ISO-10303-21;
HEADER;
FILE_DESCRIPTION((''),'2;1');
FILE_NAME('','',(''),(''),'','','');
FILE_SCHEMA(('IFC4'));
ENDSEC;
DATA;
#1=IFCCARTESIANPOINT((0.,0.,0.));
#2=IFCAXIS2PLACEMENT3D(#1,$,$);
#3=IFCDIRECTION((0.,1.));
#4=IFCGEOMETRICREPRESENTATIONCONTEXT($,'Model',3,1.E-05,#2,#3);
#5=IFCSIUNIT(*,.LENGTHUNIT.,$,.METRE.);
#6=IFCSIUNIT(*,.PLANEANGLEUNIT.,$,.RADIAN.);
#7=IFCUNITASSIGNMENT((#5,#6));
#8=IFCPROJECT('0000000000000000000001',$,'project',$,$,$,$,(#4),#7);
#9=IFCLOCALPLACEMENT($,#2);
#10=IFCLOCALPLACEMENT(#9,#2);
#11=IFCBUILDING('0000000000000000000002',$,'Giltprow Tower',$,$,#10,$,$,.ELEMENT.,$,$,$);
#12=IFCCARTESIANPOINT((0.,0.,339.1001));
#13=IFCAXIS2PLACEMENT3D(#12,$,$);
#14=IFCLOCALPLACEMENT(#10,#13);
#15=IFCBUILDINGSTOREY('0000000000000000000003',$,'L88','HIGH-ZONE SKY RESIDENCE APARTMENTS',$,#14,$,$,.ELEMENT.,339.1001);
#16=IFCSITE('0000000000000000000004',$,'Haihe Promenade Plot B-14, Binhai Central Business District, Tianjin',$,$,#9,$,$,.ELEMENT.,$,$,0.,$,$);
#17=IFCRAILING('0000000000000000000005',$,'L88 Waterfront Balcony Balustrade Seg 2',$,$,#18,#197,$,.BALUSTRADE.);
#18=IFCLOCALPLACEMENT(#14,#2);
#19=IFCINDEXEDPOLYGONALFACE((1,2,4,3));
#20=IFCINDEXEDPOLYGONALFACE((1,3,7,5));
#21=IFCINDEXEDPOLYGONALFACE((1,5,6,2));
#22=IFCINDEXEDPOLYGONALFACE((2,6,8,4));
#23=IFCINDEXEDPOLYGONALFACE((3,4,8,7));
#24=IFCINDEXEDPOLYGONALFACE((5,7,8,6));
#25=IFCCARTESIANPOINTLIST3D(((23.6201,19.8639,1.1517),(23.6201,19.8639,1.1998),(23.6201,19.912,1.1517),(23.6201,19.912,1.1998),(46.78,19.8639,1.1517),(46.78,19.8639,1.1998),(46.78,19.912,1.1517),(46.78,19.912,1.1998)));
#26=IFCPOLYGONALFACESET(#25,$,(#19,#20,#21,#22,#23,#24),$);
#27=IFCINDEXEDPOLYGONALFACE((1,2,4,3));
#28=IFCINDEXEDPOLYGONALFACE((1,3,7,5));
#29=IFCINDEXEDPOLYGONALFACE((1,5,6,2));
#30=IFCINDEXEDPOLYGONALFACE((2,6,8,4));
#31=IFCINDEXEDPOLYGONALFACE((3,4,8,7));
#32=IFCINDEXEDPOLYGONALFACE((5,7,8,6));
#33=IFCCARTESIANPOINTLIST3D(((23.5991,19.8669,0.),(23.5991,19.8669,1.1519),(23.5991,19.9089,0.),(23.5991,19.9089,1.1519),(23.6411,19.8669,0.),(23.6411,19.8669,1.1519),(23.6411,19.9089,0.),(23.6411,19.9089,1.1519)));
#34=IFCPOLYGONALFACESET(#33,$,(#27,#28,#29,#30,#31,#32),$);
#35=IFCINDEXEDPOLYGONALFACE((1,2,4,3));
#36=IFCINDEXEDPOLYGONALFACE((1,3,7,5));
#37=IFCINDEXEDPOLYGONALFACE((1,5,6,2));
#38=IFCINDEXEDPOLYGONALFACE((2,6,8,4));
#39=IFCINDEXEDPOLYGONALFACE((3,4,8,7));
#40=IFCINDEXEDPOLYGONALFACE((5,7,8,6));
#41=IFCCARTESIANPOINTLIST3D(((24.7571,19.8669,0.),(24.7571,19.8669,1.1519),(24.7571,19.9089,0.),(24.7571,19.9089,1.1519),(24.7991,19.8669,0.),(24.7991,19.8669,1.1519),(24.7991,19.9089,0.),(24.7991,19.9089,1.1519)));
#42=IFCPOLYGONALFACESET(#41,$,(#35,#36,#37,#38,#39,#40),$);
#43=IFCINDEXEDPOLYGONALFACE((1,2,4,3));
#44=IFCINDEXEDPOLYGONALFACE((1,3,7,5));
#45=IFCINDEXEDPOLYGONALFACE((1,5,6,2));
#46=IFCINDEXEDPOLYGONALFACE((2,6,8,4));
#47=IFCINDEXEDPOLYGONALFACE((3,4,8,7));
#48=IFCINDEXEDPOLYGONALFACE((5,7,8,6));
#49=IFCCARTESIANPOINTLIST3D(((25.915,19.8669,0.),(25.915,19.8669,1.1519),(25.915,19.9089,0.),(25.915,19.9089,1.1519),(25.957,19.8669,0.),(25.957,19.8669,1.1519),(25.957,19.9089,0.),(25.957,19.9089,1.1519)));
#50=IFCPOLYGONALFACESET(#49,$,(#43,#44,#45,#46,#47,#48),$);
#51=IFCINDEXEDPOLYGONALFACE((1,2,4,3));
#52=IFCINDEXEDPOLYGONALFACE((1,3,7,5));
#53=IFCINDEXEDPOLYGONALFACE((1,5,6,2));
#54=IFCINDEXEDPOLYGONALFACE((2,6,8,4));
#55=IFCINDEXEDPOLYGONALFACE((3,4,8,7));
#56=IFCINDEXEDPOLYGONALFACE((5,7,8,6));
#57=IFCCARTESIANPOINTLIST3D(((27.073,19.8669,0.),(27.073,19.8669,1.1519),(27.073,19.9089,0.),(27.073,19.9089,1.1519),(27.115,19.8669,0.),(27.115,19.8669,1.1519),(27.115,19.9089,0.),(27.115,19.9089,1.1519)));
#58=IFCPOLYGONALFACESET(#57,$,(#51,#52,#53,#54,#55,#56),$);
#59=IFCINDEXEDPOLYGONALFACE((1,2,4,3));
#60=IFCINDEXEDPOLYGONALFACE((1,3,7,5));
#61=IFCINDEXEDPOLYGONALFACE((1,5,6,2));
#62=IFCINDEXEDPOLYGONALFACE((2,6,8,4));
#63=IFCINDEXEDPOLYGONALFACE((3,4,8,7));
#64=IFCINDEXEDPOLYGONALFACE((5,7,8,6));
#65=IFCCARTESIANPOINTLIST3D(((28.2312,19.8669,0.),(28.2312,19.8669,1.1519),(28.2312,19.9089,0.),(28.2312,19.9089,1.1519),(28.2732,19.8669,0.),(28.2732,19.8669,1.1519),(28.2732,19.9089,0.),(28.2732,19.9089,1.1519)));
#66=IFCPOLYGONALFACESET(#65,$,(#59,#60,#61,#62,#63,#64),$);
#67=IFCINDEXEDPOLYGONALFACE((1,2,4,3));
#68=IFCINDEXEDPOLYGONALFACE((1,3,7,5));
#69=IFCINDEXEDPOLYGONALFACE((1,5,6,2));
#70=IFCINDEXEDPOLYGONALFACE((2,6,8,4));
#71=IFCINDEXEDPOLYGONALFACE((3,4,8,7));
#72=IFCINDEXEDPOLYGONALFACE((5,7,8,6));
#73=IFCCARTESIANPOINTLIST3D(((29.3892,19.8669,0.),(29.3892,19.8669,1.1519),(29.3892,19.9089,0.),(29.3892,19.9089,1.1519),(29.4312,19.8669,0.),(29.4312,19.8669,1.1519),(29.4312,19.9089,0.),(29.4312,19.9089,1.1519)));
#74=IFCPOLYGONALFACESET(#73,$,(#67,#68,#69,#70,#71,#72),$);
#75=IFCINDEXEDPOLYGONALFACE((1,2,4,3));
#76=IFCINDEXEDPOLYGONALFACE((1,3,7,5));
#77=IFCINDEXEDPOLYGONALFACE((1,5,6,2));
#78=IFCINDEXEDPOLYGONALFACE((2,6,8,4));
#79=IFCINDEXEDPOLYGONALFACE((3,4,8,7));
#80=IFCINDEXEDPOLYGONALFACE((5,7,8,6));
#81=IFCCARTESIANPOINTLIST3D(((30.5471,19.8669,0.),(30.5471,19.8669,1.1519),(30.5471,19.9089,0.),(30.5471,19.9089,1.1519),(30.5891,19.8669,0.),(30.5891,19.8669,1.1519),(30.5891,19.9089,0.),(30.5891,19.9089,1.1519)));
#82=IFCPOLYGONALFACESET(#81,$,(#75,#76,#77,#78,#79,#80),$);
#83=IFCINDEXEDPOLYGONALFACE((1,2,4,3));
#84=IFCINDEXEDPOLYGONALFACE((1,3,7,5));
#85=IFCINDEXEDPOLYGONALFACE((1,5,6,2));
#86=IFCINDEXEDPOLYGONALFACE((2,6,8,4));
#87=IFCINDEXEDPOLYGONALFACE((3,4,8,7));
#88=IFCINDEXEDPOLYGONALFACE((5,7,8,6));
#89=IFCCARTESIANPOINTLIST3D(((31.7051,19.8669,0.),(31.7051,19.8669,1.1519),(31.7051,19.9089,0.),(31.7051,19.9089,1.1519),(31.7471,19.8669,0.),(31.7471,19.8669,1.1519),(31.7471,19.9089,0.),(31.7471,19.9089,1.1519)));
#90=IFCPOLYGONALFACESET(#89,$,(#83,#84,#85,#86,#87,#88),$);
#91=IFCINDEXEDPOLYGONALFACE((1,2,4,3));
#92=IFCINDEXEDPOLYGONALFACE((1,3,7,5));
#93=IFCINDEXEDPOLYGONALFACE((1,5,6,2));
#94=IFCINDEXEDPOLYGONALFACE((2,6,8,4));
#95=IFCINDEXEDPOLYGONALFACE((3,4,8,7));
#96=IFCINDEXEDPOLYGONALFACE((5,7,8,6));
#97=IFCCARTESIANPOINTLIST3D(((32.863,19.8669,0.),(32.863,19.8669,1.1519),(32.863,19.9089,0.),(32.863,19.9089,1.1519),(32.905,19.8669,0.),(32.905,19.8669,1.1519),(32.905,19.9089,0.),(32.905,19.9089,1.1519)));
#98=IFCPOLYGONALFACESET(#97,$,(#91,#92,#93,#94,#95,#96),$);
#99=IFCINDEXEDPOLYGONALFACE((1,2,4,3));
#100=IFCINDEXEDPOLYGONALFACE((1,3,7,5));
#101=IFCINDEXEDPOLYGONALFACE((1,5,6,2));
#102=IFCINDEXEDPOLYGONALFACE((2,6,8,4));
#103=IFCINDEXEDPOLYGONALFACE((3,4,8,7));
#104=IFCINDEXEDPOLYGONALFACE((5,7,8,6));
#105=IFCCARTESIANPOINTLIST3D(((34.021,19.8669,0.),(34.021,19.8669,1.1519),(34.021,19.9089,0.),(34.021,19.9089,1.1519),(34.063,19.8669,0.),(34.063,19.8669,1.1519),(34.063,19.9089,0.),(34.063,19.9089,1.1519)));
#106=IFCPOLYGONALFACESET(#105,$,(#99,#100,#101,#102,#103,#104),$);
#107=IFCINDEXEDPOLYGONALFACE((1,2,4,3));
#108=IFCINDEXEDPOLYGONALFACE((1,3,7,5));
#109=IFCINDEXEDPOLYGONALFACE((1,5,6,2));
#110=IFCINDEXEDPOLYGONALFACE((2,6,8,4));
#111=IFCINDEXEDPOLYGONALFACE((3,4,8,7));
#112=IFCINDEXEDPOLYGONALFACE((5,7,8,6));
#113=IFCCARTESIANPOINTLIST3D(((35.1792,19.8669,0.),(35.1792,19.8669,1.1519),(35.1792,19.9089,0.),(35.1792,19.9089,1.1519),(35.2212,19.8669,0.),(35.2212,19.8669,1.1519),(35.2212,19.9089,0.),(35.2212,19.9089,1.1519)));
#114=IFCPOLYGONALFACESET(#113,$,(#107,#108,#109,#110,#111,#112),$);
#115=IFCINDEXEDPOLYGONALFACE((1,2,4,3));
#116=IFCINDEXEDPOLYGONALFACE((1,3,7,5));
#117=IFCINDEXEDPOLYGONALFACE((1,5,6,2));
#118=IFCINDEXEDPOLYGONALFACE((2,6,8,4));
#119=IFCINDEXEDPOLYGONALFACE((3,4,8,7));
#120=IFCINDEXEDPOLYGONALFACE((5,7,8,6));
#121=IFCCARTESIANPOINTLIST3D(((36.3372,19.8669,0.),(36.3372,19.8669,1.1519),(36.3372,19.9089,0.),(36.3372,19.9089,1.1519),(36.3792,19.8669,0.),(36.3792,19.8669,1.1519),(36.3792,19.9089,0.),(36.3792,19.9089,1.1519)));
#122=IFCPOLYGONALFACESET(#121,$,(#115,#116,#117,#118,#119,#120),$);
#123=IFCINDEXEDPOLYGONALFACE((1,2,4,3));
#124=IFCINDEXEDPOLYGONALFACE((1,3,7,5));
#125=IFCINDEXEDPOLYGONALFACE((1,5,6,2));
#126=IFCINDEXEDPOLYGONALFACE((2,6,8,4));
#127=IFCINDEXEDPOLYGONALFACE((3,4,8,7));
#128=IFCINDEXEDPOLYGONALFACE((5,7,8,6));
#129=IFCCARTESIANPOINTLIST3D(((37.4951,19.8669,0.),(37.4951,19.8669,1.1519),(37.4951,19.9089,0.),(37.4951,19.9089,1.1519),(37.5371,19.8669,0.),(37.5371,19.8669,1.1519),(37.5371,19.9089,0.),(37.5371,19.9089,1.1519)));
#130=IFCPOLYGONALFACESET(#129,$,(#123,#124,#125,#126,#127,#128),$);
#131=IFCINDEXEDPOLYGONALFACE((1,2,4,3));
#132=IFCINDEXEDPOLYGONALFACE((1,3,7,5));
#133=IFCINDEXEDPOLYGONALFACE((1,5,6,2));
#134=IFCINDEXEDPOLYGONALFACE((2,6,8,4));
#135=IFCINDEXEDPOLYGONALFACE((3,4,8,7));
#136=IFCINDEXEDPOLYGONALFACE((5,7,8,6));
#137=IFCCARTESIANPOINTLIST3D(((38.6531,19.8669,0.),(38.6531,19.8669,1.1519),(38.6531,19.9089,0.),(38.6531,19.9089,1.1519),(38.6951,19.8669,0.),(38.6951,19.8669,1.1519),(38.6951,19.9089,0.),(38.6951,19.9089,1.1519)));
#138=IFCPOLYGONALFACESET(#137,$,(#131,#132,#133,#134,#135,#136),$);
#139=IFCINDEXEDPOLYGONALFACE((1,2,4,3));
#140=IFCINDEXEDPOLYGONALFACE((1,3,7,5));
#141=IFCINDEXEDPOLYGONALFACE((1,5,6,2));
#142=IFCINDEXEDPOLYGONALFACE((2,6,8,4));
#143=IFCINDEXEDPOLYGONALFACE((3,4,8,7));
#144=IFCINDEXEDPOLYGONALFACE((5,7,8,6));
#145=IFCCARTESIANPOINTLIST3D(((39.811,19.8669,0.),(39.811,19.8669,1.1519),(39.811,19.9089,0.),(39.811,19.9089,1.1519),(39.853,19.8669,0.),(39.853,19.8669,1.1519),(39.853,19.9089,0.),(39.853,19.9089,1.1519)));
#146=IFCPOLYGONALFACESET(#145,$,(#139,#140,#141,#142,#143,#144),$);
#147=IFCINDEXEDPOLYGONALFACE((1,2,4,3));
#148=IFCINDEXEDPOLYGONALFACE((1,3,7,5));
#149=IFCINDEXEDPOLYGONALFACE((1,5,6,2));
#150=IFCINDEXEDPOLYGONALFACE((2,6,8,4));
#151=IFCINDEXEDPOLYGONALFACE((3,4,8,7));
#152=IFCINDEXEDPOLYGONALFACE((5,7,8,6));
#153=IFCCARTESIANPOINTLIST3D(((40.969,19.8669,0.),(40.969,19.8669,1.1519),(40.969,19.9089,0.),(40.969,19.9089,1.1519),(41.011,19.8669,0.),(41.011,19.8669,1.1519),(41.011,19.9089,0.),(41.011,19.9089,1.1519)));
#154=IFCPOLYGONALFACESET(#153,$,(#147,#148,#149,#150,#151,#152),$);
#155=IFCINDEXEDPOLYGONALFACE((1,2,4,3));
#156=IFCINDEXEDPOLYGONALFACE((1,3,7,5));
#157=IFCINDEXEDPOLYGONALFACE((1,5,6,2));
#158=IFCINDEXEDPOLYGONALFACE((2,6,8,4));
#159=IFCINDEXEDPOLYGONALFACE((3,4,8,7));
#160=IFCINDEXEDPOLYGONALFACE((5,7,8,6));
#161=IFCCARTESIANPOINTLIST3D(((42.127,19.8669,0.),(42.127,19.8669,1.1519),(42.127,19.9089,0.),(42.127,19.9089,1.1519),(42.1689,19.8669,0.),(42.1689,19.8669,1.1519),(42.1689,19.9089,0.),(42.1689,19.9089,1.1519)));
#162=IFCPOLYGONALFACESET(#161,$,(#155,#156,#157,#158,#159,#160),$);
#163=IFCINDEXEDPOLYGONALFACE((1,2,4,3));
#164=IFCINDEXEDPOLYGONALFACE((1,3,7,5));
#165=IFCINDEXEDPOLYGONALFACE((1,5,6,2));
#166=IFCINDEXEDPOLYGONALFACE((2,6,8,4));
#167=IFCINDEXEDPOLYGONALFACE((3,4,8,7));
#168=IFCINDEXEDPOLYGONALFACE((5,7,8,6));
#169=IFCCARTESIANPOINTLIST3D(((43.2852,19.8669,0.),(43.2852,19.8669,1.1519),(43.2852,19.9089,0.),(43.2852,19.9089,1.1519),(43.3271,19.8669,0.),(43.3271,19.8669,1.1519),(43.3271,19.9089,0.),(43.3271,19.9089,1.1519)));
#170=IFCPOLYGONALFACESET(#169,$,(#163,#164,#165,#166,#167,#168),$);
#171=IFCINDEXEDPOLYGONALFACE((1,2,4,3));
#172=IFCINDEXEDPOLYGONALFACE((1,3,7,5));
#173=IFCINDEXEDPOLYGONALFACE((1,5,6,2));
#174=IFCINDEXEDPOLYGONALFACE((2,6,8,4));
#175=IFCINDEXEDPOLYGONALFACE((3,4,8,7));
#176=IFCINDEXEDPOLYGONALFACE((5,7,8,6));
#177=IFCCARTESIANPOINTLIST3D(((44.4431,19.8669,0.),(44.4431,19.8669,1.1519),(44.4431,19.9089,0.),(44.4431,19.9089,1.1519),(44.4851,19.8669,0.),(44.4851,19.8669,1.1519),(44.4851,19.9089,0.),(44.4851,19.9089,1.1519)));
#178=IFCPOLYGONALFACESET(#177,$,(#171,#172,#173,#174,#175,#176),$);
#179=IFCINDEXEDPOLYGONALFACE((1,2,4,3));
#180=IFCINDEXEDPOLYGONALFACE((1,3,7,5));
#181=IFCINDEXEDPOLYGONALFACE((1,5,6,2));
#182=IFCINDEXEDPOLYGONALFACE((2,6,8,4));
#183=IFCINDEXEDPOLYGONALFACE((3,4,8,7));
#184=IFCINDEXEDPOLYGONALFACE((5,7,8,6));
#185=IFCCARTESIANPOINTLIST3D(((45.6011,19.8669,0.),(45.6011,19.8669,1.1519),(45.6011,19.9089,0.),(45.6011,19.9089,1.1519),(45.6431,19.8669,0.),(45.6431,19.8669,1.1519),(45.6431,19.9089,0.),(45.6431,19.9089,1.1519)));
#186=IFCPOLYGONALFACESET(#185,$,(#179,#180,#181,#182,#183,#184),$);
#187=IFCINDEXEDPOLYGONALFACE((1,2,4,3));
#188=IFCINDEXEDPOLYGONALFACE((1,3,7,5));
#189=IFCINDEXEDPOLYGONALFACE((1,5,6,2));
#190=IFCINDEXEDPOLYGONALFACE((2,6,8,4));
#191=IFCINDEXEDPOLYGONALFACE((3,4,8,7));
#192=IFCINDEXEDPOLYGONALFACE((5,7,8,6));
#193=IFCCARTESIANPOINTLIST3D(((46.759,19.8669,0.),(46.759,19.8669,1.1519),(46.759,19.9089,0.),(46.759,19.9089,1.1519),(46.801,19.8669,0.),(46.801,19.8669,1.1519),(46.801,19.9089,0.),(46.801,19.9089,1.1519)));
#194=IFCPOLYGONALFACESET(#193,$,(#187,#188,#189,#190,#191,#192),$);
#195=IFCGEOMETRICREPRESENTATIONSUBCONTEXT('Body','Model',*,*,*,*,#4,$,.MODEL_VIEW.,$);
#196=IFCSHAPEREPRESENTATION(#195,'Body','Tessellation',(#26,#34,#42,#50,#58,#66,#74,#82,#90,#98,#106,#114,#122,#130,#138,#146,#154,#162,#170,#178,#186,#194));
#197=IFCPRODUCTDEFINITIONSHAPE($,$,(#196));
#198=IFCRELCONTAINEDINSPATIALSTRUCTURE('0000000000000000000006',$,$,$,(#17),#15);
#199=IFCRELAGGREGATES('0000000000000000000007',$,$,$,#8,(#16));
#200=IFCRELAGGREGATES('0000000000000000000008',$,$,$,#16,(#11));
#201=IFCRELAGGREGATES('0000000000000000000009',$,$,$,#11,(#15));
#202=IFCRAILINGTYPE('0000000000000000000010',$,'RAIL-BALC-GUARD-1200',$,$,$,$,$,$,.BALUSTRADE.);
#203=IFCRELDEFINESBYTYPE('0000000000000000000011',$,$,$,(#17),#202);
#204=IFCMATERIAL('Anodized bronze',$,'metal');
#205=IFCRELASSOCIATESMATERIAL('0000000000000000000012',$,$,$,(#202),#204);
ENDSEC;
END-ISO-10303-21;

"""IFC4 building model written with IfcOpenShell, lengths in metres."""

from ifc_helpers import new_model, si_unit, direction, frame, origin, origin_2d, place, context, subcontext, project, spatial, rectangle, extrude, material, type_object, element, save


model = new_model("IFC4")

# Units and contexts
model_context = context("Model", 3, precision=1e-05, world=origin(), true_north=direction((0.0, 1.0)))
body_context = subcontext(model_context, "Body", "Model", "MODEL_VIEW")
ifc_project = project(units=[si_unit("LENGTHUNIT", "METRE"), si_unit("PLANEANGLEUNIT", "RADIAN")], contexts=[model_context])

# Site, building, storey
site_placement = place(None, origin())
site = spatial("IfcSite", under=ifc_project, at=site_placement, Name="Haihe Promenade Plot B-14, Binhai Central Business District, Tianjin", CompositionType="ELEMENT", RefElevation=0.0)
building_placement = place(site_placement, origin())
building = spatial("IfcBuilding", under=site, at=building_placement, Name="Giltprow Tower", CompositionType="ELEMENT")
storey_placement = place(building_placement, frame((0.0, 0.0, 339.1001)))
storey = spatial("IfcBuildingStorey", under=building, at=storey_placement, Name="L88", Description="HIGH-ZONE SKY RESIDENCE APARTMENTS", CompositionType="ELEMENT", Elevation=339.1001)

# Shared definitions
ifc_material_1 = material(Name="Anodized bronze", Category="metal")

# Railing
railing_type = type_object("IfcRailingType", Name="RAIL-BALC-GUARD-1200", PredefinedType="BALUSTRADE", material=ifc_material_1)
railing_1_placement = place(storey_placement, frame((23.6201, 19.8879, 0.0)))
element("IfcRailing", 1, at=railing_1_placement, inside=storey, type_object=railing_type, Name="L88 Waterfront Balcony Balustrade Seg 2", PredefinedType="BALUSTRADE", context=body_context, shape_type="SweptSolid", body=[
    extrude(rectangle(XDim=0.0481, YDim=0.0481, at=origin_2d()), frame((0.0, 0.0, 1.1758), z_axis=(1.0, 0.0, 0.0), x_axis=(0.0, 1.0, 0.0)), (0.0, 0.0, 1.0), 23.1599),
    extrude(rectangle(XDim=0.042, YDim=0.042, at=origin_2d()), origin(), (0.0, 0.0, 1.0), 1.1519),
    extrude(rectangle(XDim=0.042, YDim=0.042, at=origin_2d()), frame((1.158, 0.0, 0.0)), (0.0, 0.0, 1.0), 1.1519),
    extrude(rectangle(XDim=0.042, YDim=0.042, at=origin_2d()), frame((2.3159, 0.0, 0.0)), (0.0, 0.0, 1.0), 1.1519),
    extrude(rectangle(XDim=0.042, YDim=0.042, at=origin_2d()), frame((3.4739, 0.0, 0.0)), (0.0, 0.0, 1.0), 1.1519),
    extrude(rectangle(XDim=0.042, YDim=0.042, at=origin_2d()), frame((4.6321, 0.0, 0.0)), (0.0, 0.0, 1.0), 1.1519),
    extrude(rectangle(XDim=0.042, YDim=0.042, at=origin_2d()), frame((5.79, 0.0, 0.0)), (0.0, 0.0, 1.0), 1.1519),
    extrude(rectangle(XDim=0.042, YDim=0.042, at=origin_2d()), frame((6.948, 0.0, 0.0)), (0.0, 0.0, 1.0), 1.1519),
    extrude(rectangle(XDim=0.042, YDim=0.042, at=origin_2d()), frame((8.106, 0.0, 0.0)), (0.0, 0.0, 1.0), 1.1519),
    extrude(rectangle(XDim=0.042, YDim=0.042, at=origin_2d()), frame((9.2639, 0.0, 0.0)), (0.0, 0.0, 1.0), 1.1519),
    extrude(rectangle(XDim=0.042, YDim=0.042, at=origin_2d()), frame((10.4219, 0.0, 0.0)), (0.0, 0.0, 1.0), 1.1519),
    extrude(rectangle(XDim=0.042, YDim=0.042, at=origin_2d()), frame((11.5801, 0.0, 0.0)), (0.0, 0.0, 1.0), 1.1519),
    extrude(rectangle(XDim=0.042, YDim=0.042, at=origin_2d()), frame((12.738, 0.0, 0.0)), (0.0, 0.0, 1.0), 1.1519),
    extrude(rectangle(XDim=0.042, YDim=0.042, at=origin_2d()), frame((13.896, 0.0, 0.0)), (0.0, 0.0, 1.0), 1.1519),
    extrude(rectangle(XDim=0.042, YDim=0.042, at=origin_2d()), frame((15.054, 0.0, 0.0)), (0.0, 0.0, 1.0), 1.1519),
    extrude(rectangle(XDim=0.042, YDim=0.042, at=origin_2d()), frame((16.2119, 0.0, 0.0)), (0.0, 0.0, 1.0), 1.1519),
    extrude(rectangle(XDim=0.042, YDim=0.042, at=origin_2d()), frame((17.3699, 0.0, 0.0)), (0.0, 0.0, 1.0), 1.1519),
    extrude(rectangle(XDim=0.042, YDim=0.042, at=origin_2d()), frame((18.5278, 0.0, 0.0)), (0.0, 0.0, 1.0), 1.1519),
    extrude(rectangle(XDim=0.042, YDim=0.042, at=origin_2d()), frame((19.686, 0.0, 0.0)), (0.0, 0.0, 1.0), 1.1519),
    extrude(rectangle(XDim=0.042, YDim=0.042, at=origin_2d()), frame((20.844, 0.0, 0.0)), (0.0, 0.0, 1.0), 1.1519),
    extrude(rectangle(XDim=0.042, YDim=0.042, at=origin_2d()), frame((22.002, 0.0, 0.0)), (0.0, 0.0, 1.0), 1.1519),
    extrude(rectangle(XDim=0.042, YDim=0.042, at=origin_2d()), frame((23.1599, 0.0, 0.0)), (0.0, 0.0, 1.0), 1.1519),
])

save(model, "model.ifc")
